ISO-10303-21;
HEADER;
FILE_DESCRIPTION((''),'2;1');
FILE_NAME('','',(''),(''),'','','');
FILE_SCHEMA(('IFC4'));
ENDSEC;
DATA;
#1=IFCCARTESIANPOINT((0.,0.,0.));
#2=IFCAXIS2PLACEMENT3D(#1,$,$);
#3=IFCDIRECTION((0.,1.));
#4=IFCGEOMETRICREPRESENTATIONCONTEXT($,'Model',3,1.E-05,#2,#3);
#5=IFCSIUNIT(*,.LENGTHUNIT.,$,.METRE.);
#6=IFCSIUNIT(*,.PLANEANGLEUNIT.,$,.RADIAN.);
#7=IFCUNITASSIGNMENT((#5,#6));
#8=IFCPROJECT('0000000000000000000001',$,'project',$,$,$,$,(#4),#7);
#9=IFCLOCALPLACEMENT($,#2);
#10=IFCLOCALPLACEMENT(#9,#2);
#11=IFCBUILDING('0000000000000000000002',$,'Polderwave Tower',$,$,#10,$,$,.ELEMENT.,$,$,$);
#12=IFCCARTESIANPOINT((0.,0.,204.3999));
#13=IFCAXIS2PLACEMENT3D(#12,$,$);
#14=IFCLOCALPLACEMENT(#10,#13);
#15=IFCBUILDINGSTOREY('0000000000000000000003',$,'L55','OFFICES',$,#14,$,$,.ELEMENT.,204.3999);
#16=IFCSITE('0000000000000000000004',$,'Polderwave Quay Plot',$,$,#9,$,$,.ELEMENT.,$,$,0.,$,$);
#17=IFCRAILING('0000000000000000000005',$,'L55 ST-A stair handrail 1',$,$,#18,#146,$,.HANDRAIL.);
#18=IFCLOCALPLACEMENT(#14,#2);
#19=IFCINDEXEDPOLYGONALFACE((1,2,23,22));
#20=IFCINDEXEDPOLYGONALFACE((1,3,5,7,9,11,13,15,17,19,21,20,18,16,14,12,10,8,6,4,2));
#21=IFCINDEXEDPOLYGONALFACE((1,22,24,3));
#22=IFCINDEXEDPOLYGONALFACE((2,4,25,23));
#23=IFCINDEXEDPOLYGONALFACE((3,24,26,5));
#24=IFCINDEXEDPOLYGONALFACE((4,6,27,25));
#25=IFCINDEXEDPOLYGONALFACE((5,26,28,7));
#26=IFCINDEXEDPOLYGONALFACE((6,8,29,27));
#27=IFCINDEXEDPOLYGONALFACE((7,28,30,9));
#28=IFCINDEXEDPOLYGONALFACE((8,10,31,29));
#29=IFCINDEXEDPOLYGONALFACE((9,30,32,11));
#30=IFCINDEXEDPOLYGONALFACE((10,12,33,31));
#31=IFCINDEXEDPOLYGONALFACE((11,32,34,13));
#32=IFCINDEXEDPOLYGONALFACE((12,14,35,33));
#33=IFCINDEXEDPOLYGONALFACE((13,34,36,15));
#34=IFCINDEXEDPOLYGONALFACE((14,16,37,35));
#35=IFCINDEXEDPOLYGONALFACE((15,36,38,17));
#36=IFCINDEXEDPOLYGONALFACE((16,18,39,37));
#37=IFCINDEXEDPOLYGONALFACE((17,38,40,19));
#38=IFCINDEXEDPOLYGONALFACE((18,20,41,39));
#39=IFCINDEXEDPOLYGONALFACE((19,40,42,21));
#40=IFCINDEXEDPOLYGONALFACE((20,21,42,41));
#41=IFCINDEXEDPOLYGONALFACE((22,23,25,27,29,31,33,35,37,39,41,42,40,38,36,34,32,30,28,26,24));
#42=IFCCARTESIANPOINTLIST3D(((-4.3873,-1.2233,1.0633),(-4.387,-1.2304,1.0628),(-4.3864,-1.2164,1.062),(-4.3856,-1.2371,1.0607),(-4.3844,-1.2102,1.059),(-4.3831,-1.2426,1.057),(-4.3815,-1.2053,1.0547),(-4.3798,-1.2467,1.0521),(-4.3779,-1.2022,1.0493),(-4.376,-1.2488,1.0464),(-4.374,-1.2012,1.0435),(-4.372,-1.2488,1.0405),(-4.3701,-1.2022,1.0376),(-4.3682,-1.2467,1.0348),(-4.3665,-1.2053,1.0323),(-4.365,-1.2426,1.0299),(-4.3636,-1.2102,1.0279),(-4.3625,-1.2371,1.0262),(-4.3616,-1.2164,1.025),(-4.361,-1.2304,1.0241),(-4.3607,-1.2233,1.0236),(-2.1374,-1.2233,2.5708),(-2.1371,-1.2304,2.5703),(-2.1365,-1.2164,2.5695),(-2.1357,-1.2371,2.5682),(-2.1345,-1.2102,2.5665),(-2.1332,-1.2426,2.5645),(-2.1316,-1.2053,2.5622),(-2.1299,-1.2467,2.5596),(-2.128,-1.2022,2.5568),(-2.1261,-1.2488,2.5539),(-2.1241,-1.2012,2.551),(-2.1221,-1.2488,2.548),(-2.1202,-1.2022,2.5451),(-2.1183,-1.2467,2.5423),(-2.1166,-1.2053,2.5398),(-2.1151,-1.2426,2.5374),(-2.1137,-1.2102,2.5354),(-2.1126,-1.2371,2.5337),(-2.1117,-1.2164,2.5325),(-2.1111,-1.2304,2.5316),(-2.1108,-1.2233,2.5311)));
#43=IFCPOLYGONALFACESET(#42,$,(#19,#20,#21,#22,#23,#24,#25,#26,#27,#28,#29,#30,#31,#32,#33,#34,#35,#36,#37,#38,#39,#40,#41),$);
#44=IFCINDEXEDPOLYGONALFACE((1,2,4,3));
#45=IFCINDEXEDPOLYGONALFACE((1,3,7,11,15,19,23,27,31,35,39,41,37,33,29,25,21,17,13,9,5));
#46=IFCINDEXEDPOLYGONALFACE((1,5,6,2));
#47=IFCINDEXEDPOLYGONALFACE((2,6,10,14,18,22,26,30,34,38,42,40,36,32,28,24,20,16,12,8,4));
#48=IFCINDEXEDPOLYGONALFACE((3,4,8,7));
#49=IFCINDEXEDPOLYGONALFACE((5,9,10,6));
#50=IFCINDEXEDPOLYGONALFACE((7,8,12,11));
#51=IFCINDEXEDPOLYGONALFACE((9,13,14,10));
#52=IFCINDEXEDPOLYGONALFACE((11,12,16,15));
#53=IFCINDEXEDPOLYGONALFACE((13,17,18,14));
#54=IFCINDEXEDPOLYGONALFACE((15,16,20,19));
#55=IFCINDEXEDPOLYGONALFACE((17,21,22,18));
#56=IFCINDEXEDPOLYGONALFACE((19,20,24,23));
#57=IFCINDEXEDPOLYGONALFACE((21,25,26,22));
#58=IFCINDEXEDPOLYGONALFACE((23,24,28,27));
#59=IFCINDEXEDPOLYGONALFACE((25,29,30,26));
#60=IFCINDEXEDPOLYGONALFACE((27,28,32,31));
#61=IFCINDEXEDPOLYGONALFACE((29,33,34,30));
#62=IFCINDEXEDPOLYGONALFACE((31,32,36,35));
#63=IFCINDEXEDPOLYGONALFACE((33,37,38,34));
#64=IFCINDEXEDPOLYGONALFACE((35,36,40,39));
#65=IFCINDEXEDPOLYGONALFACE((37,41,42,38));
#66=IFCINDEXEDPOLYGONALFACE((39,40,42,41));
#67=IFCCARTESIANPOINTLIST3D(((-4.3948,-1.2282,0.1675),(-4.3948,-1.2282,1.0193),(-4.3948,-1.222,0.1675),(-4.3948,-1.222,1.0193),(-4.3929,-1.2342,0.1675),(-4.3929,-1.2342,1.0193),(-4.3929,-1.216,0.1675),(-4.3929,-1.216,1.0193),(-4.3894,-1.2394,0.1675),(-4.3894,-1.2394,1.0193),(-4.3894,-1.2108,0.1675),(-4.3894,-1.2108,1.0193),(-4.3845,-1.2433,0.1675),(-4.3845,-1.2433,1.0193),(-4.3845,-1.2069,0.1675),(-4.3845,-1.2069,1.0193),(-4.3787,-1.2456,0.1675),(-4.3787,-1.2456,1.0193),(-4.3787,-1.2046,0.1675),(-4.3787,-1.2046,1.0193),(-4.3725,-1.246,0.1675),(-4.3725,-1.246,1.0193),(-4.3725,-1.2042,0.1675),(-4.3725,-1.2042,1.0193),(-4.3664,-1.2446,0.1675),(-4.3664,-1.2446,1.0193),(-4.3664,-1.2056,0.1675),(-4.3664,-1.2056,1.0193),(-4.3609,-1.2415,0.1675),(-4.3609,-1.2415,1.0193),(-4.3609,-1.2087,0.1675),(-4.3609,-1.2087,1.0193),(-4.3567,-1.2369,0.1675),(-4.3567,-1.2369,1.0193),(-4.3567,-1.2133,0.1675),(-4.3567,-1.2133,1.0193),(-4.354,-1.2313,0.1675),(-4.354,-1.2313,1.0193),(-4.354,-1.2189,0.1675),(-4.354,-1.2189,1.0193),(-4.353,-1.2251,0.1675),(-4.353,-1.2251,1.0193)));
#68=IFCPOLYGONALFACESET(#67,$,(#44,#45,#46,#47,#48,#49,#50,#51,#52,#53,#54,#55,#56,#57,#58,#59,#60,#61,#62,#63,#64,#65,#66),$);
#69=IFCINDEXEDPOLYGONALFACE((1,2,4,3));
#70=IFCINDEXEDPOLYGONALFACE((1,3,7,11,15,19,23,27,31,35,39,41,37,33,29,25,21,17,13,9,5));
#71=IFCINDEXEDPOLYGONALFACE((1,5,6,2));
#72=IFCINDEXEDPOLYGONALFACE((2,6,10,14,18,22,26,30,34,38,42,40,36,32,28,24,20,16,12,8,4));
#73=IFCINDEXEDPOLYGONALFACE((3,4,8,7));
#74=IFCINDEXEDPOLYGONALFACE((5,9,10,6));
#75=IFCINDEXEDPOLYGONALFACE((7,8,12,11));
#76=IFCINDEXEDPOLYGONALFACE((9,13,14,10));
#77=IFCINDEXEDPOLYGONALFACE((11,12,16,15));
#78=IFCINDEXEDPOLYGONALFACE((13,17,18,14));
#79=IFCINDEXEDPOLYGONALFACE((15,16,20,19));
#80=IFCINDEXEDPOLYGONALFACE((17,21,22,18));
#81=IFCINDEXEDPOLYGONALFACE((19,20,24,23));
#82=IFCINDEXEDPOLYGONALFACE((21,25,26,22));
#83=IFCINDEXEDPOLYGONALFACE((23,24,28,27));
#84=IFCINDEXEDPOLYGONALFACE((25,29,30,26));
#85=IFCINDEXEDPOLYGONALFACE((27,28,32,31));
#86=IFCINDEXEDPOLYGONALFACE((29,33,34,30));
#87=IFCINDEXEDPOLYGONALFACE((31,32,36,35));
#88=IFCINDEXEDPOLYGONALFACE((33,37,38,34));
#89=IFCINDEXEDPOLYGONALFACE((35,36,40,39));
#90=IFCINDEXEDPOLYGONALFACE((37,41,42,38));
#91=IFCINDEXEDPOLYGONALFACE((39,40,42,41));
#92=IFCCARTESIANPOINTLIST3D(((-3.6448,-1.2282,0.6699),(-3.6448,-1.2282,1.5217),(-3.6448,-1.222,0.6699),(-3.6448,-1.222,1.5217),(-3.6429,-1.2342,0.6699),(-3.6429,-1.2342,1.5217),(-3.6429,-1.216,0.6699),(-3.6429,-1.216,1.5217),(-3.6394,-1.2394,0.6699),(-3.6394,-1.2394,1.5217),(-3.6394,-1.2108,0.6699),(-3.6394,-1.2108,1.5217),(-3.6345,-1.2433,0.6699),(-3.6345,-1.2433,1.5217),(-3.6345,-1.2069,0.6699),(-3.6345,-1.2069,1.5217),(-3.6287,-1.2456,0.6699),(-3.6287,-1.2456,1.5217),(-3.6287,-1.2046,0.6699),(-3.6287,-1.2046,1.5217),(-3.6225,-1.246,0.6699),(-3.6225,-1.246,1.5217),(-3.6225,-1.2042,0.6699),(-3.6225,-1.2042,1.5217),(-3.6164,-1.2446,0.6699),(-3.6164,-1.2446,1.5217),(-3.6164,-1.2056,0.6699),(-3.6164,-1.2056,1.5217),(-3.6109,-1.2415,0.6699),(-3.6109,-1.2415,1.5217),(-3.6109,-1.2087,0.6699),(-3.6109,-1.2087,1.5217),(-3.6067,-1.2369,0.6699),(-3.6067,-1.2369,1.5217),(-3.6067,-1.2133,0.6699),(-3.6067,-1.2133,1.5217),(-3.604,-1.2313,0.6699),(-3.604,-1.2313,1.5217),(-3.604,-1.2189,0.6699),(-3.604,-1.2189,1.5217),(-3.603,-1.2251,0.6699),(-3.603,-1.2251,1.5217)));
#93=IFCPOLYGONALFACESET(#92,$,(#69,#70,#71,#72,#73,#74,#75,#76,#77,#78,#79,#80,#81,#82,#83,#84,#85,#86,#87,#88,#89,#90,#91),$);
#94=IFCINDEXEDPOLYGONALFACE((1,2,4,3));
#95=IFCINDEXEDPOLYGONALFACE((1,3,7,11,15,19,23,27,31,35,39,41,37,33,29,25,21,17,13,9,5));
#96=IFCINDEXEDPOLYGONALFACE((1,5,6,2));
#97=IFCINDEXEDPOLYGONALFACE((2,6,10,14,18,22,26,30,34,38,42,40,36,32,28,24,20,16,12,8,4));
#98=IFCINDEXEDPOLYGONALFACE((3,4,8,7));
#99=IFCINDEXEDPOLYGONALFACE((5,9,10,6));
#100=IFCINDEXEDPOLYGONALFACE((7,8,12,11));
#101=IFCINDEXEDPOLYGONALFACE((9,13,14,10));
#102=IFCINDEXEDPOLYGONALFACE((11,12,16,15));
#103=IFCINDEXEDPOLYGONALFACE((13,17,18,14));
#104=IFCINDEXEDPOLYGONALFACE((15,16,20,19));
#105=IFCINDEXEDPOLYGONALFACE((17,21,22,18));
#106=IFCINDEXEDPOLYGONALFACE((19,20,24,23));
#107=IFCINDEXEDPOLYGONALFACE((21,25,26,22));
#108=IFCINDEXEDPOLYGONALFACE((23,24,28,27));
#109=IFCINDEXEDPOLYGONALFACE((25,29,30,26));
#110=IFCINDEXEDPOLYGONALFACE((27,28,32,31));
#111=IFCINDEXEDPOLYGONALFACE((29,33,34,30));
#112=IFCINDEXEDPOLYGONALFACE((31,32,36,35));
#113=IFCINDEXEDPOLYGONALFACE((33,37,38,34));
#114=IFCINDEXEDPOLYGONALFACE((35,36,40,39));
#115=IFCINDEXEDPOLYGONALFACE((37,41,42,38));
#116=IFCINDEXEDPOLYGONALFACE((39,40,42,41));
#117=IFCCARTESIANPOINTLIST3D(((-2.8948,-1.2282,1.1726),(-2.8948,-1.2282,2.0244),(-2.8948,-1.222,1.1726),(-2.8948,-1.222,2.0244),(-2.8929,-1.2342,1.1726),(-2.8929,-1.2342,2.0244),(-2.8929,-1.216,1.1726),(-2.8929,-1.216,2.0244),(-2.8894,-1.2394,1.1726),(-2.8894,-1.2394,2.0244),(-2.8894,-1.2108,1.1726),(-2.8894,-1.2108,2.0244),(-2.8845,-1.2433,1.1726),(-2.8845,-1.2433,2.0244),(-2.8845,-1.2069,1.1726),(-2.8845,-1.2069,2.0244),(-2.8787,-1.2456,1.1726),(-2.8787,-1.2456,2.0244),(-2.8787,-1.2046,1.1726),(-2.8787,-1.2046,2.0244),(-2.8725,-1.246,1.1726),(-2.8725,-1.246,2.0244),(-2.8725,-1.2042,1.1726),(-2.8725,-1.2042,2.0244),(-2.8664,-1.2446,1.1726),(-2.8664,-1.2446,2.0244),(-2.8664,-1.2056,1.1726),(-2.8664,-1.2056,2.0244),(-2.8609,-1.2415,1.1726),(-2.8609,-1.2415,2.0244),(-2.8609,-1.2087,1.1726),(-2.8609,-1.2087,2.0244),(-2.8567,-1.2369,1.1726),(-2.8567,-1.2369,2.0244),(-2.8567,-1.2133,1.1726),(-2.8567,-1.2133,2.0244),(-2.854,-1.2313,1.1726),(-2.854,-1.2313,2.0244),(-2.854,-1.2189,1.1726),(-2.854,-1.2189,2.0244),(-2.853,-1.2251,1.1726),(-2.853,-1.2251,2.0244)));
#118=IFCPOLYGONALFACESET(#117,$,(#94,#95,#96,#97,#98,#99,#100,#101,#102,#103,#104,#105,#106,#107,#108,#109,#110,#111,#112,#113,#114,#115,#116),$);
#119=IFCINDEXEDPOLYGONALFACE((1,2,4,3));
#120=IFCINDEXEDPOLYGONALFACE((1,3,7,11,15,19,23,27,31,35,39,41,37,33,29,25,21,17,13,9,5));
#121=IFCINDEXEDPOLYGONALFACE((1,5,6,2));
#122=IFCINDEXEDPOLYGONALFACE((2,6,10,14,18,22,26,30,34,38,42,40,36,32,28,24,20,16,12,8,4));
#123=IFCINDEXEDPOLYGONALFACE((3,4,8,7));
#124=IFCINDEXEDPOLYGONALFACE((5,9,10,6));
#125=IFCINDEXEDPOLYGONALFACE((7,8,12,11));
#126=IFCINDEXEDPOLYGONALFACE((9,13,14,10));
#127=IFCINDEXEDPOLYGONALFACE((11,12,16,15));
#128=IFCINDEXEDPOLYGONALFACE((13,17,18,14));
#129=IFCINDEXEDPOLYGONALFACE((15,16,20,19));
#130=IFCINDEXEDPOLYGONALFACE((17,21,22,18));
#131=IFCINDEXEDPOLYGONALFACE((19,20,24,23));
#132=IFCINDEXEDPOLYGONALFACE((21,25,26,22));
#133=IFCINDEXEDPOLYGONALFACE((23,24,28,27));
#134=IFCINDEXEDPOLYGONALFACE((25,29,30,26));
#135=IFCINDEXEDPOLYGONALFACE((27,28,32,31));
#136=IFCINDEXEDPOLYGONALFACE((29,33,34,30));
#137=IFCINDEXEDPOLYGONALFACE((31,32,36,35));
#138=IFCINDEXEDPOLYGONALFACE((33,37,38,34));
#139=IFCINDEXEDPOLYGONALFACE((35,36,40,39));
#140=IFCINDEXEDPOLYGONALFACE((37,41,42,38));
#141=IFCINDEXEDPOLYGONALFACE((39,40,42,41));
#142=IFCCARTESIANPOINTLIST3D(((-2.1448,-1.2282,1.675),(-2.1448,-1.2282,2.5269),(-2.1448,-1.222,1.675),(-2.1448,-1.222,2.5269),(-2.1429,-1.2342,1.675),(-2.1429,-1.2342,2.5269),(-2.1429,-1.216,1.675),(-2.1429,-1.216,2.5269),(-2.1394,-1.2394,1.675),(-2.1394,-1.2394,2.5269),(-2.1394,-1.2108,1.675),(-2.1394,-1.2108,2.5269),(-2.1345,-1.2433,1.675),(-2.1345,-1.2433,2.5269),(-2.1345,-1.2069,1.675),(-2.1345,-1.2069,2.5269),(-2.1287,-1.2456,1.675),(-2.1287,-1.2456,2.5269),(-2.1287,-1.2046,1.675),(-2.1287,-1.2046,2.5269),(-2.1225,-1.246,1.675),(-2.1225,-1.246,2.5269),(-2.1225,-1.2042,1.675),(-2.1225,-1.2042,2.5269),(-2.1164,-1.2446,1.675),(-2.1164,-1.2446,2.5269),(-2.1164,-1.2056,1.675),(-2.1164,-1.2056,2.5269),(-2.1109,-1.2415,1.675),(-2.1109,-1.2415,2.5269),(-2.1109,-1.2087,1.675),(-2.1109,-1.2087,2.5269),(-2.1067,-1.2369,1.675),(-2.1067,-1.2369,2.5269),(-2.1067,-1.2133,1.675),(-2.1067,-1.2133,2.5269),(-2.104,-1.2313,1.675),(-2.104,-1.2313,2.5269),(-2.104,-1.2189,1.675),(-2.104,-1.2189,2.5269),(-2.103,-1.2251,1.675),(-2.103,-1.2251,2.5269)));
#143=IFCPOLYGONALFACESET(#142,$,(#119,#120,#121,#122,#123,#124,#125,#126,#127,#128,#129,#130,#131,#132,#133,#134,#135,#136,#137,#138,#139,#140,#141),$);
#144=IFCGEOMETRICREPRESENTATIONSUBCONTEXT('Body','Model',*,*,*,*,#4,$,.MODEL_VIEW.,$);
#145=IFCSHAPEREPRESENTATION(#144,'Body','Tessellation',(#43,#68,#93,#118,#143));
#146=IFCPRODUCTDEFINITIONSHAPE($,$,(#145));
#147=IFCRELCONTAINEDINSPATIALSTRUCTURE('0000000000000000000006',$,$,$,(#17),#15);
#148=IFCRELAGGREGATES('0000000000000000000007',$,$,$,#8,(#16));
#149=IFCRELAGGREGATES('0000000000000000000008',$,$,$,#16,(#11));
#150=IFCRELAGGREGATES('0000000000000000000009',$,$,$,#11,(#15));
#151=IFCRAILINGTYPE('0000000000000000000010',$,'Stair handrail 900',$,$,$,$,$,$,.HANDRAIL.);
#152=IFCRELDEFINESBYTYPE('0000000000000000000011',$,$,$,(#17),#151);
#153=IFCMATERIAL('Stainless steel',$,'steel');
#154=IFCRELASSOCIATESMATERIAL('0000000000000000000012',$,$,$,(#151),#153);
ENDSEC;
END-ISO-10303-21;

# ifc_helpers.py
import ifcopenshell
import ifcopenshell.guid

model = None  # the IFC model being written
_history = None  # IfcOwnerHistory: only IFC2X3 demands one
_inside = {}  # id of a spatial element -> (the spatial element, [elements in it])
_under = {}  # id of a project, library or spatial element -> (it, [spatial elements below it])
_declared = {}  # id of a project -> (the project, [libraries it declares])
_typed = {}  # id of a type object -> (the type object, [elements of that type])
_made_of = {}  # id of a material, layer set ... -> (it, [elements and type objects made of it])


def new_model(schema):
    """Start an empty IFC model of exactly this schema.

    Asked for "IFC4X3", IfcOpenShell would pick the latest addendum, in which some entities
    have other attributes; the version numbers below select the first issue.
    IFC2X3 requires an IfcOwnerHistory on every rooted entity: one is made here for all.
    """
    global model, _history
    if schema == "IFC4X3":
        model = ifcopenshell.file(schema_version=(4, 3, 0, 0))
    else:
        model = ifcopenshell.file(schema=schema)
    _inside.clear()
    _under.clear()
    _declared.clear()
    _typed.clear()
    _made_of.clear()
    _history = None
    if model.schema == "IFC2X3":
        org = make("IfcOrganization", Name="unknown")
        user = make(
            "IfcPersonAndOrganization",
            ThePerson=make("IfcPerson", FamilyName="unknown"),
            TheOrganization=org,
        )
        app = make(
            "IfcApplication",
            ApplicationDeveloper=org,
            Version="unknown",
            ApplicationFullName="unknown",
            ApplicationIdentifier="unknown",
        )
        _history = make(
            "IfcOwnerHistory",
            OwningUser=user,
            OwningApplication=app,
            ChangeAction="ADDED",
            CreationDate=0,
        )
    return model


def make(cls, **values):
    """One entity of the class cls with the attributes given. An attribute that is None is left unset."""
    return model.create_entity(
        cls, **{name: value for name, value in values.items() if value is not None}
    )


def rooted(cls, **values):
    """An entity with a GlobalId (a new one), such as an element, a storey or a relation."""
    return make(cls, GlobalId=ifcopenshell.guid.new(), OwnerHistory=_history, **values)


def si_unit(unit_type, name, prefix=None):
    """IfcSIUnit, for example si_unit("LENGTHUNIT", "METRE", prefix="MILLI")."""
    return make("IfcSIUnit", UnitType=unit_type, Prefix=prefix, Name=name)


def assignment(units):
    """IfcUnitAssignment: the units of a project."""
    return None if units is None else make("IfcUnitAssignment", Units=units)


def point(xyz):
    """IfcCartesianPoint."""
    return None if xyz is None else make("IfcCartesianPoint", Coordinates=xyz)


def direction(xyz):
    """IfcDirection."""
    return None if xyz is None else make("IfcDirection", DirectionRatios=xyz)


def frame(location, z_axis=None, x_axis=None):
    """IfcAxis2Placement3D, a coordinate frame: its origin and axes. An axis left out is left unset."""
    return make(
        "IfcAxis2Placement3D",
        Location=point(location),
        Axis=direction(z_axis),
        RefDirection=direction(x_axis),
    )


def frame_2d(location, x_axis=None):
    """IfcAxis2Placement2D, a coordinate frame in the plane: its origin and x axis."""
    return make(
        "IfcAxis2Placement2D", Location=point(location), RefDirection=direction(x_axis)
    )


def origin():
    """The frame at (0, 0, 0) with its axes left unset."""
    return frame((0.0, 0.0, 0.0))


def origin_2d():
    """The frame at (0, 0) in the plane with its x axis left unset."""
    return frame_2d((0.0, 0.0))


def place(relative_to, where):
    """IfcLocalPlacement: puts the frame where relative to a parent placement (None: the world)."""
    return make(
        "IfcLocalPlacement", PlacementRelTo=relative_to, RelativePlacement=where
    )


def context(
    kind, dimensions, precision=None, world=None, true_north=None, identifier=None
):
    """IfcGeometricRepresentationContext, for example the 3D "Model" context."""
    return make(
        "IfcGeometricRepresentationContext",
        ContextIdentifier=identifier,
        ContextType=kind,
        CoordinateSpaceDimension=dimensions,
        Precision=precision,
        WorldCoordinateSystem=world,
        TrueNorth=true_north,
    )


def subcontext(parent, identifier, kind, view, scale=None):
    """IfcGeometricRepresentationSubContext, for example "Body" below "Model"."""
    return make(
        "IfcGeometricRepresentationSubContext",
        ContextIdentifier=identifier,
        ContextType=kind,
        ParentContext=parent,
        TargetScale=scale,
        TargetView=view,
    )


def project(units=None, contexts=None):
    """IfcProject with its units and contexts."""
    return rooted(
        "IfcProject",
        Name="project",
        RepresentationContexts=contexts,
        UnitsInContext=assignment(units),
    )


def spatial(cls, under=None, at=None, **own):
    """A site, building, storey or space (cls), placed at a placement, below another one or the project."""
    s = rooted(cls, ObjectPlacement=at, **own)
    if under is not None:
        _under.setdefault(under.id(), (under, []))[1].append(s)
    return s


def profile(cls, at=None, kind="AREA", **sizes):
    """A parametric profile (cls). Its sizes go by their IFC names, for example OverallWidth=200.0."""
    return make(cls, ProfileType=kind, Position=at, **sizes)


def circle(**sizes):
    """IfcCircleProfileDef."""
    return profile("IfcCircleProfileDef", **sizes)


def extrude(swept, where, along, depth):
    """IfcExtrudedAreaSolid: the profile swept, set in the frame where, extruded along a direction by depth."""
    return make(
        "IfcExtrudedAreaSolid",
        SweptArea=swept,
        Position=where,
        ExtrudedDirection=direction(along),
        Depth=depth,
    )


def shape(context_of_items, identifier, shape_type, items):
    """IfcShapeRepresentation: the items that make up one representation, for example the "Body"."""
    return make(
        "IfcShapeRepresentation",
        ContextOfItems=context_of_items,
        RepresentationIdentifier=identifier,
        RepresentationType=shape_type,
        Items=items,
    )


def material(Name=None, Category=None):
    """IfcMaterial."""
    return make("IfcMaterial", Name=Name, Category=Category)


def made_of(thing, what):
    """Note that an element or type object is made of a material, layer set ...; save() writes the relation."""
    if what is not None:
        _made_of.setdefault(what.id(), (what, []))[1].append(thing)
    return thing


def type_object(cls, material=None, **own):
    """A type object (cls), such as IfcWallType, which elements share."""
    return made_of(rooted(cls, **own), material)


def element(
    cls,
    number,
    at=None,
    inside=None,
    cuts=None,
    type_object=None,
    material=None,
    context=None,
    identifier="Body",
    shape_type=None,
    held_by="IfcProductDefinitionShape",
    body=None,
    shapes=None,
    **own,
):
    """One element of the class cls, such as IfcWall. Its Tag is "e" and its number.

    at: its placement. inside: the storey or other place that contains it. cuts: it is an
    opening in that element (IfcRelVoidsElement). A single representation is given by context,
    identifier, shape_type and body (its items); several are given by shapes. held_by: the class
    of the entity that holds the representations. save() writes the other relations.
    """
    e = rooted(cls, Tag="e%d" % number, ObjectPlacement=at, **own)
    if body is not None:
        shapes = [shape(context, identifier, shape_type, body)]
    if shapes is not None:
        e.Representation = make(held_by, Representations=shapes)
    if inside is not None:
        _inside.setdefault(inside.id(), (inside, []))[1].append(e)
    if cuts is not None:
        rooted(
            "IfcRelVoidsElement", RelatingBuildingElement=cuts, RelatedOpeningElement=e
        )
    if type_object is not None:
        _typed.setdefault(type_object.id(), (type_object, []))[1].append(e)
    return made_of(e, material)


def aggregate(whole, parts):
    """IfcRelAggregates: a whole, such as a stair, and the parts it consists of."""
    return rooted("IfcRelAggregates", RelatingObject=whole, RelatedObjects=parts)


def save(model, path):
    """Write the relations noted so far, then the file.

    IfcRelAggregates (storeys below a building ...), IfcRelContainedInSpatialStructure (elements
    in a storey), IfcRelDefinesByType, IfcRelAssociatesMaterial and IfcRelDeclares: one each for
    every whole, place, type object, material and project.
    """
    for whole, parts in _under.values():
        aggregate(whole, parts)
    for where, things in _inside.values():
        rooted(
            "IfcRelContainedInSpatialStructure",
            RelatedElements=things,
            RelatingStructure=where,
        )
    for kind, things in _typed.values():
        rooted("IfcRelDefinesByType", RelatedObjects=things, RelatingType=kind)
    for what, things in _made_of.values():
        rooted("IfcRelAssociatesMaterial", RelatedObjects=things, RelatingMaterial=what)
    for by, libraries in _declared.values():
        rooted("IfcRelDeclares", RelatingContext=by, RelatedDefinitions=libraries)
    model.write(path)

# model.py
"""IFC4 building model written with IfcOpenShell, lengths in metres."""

from ifc_helpers import new_model, si_unit, direction, frame, origin, origin_2d, place, context, subcontext, project, spatial, circle, extrude, material, type_object, element, save


model = new_model("IFC4")

# Units and contexts
model_context = context("Model", 3, precision=1e-05, world=origin(), true_north=direction((0.0, 1.0)))
body_context = subcontext(model_context, "Body", "Model", "MODEL_VIEW")
ifc_project = project(units=[si_unit("LENGTHUNIT", "METRE"), si_unit("PLANEANGLEUNIT", "RADIAN")], contexts=[model_context])

# Site, building, storey
site_placement = place(None, origin())
site = spatial("IfcSite", under=ifc_project, at=site_placement, Name="Polderwave Quay Plot", CompositionType="ELEMENT", RefElevation=0.0)
building_placement = place(site_placement, origin())
building = spatial("IfcBuilding", under=site, at=building_placement, Name="Polderwave Tower", CompositionType="ELEMENT")
storey_placement = place(building_placement, frame((0.0, 0.0, 204.3999)))
storey = spatial("IfcBuildingStorey", under=building, at=storey_placement, Name="L55", Description="OFFICES", CompositionType="ELEMENT", Elevation=204.3999)

# Shared definitions
ifc_material_1 = material(Name="Stainless steel", Category="steel")

# Railing
railing_type_1 = type_object("IfcRailingType", Name="Stair handrail 900", PredefinedType="HANDRAIL", material=ifc_material_1)
railing_1_placement = place(storey_placement, frame((-4.374, -1.2251, 0.1675)))
element("IfcRailing", 1, at=railing_1_placement, inside=storey, type_object=railing_type_1, Name="L55 ST-A stair handrail 1", PredefinedType="HANDRAIL", context=body_context, shape_type="SweptSolid", body=[
    extrude(circle(Radius=0.0239, at=origin_2d()), frame((0.0, 0.0, 0.876), z_axis=(0.830758, 0.0, 0.556633), x_axis=(0.0, 1.0, 0.0)), (0.0, 0.0, 1.0), 2.7083),
    extrude(circle(Radius=0.021, at=origin_2d()), origin(), (0.0, 0.0, 1.0), 0.8518),
    extrude(circle(Radius=0.021, at=origin_2d()), frame((0.75, 0.0, 0.5024)), (0.0, 0.0, 1.0), 0.8518),
    extrude(circle(Radius=0.021, at=origin_2d()), frame((1.5, 0.0, 1.0051)), (0.0, 0.0, 1.0), 0.8518),
    extrude(circle(Radius=0.021, at=origin_2d()), frame((2.25, 0.0, 1.5076)), (0.0, 0.0, 1.0), 0.8518),
])

save(model, "model.ifc")
